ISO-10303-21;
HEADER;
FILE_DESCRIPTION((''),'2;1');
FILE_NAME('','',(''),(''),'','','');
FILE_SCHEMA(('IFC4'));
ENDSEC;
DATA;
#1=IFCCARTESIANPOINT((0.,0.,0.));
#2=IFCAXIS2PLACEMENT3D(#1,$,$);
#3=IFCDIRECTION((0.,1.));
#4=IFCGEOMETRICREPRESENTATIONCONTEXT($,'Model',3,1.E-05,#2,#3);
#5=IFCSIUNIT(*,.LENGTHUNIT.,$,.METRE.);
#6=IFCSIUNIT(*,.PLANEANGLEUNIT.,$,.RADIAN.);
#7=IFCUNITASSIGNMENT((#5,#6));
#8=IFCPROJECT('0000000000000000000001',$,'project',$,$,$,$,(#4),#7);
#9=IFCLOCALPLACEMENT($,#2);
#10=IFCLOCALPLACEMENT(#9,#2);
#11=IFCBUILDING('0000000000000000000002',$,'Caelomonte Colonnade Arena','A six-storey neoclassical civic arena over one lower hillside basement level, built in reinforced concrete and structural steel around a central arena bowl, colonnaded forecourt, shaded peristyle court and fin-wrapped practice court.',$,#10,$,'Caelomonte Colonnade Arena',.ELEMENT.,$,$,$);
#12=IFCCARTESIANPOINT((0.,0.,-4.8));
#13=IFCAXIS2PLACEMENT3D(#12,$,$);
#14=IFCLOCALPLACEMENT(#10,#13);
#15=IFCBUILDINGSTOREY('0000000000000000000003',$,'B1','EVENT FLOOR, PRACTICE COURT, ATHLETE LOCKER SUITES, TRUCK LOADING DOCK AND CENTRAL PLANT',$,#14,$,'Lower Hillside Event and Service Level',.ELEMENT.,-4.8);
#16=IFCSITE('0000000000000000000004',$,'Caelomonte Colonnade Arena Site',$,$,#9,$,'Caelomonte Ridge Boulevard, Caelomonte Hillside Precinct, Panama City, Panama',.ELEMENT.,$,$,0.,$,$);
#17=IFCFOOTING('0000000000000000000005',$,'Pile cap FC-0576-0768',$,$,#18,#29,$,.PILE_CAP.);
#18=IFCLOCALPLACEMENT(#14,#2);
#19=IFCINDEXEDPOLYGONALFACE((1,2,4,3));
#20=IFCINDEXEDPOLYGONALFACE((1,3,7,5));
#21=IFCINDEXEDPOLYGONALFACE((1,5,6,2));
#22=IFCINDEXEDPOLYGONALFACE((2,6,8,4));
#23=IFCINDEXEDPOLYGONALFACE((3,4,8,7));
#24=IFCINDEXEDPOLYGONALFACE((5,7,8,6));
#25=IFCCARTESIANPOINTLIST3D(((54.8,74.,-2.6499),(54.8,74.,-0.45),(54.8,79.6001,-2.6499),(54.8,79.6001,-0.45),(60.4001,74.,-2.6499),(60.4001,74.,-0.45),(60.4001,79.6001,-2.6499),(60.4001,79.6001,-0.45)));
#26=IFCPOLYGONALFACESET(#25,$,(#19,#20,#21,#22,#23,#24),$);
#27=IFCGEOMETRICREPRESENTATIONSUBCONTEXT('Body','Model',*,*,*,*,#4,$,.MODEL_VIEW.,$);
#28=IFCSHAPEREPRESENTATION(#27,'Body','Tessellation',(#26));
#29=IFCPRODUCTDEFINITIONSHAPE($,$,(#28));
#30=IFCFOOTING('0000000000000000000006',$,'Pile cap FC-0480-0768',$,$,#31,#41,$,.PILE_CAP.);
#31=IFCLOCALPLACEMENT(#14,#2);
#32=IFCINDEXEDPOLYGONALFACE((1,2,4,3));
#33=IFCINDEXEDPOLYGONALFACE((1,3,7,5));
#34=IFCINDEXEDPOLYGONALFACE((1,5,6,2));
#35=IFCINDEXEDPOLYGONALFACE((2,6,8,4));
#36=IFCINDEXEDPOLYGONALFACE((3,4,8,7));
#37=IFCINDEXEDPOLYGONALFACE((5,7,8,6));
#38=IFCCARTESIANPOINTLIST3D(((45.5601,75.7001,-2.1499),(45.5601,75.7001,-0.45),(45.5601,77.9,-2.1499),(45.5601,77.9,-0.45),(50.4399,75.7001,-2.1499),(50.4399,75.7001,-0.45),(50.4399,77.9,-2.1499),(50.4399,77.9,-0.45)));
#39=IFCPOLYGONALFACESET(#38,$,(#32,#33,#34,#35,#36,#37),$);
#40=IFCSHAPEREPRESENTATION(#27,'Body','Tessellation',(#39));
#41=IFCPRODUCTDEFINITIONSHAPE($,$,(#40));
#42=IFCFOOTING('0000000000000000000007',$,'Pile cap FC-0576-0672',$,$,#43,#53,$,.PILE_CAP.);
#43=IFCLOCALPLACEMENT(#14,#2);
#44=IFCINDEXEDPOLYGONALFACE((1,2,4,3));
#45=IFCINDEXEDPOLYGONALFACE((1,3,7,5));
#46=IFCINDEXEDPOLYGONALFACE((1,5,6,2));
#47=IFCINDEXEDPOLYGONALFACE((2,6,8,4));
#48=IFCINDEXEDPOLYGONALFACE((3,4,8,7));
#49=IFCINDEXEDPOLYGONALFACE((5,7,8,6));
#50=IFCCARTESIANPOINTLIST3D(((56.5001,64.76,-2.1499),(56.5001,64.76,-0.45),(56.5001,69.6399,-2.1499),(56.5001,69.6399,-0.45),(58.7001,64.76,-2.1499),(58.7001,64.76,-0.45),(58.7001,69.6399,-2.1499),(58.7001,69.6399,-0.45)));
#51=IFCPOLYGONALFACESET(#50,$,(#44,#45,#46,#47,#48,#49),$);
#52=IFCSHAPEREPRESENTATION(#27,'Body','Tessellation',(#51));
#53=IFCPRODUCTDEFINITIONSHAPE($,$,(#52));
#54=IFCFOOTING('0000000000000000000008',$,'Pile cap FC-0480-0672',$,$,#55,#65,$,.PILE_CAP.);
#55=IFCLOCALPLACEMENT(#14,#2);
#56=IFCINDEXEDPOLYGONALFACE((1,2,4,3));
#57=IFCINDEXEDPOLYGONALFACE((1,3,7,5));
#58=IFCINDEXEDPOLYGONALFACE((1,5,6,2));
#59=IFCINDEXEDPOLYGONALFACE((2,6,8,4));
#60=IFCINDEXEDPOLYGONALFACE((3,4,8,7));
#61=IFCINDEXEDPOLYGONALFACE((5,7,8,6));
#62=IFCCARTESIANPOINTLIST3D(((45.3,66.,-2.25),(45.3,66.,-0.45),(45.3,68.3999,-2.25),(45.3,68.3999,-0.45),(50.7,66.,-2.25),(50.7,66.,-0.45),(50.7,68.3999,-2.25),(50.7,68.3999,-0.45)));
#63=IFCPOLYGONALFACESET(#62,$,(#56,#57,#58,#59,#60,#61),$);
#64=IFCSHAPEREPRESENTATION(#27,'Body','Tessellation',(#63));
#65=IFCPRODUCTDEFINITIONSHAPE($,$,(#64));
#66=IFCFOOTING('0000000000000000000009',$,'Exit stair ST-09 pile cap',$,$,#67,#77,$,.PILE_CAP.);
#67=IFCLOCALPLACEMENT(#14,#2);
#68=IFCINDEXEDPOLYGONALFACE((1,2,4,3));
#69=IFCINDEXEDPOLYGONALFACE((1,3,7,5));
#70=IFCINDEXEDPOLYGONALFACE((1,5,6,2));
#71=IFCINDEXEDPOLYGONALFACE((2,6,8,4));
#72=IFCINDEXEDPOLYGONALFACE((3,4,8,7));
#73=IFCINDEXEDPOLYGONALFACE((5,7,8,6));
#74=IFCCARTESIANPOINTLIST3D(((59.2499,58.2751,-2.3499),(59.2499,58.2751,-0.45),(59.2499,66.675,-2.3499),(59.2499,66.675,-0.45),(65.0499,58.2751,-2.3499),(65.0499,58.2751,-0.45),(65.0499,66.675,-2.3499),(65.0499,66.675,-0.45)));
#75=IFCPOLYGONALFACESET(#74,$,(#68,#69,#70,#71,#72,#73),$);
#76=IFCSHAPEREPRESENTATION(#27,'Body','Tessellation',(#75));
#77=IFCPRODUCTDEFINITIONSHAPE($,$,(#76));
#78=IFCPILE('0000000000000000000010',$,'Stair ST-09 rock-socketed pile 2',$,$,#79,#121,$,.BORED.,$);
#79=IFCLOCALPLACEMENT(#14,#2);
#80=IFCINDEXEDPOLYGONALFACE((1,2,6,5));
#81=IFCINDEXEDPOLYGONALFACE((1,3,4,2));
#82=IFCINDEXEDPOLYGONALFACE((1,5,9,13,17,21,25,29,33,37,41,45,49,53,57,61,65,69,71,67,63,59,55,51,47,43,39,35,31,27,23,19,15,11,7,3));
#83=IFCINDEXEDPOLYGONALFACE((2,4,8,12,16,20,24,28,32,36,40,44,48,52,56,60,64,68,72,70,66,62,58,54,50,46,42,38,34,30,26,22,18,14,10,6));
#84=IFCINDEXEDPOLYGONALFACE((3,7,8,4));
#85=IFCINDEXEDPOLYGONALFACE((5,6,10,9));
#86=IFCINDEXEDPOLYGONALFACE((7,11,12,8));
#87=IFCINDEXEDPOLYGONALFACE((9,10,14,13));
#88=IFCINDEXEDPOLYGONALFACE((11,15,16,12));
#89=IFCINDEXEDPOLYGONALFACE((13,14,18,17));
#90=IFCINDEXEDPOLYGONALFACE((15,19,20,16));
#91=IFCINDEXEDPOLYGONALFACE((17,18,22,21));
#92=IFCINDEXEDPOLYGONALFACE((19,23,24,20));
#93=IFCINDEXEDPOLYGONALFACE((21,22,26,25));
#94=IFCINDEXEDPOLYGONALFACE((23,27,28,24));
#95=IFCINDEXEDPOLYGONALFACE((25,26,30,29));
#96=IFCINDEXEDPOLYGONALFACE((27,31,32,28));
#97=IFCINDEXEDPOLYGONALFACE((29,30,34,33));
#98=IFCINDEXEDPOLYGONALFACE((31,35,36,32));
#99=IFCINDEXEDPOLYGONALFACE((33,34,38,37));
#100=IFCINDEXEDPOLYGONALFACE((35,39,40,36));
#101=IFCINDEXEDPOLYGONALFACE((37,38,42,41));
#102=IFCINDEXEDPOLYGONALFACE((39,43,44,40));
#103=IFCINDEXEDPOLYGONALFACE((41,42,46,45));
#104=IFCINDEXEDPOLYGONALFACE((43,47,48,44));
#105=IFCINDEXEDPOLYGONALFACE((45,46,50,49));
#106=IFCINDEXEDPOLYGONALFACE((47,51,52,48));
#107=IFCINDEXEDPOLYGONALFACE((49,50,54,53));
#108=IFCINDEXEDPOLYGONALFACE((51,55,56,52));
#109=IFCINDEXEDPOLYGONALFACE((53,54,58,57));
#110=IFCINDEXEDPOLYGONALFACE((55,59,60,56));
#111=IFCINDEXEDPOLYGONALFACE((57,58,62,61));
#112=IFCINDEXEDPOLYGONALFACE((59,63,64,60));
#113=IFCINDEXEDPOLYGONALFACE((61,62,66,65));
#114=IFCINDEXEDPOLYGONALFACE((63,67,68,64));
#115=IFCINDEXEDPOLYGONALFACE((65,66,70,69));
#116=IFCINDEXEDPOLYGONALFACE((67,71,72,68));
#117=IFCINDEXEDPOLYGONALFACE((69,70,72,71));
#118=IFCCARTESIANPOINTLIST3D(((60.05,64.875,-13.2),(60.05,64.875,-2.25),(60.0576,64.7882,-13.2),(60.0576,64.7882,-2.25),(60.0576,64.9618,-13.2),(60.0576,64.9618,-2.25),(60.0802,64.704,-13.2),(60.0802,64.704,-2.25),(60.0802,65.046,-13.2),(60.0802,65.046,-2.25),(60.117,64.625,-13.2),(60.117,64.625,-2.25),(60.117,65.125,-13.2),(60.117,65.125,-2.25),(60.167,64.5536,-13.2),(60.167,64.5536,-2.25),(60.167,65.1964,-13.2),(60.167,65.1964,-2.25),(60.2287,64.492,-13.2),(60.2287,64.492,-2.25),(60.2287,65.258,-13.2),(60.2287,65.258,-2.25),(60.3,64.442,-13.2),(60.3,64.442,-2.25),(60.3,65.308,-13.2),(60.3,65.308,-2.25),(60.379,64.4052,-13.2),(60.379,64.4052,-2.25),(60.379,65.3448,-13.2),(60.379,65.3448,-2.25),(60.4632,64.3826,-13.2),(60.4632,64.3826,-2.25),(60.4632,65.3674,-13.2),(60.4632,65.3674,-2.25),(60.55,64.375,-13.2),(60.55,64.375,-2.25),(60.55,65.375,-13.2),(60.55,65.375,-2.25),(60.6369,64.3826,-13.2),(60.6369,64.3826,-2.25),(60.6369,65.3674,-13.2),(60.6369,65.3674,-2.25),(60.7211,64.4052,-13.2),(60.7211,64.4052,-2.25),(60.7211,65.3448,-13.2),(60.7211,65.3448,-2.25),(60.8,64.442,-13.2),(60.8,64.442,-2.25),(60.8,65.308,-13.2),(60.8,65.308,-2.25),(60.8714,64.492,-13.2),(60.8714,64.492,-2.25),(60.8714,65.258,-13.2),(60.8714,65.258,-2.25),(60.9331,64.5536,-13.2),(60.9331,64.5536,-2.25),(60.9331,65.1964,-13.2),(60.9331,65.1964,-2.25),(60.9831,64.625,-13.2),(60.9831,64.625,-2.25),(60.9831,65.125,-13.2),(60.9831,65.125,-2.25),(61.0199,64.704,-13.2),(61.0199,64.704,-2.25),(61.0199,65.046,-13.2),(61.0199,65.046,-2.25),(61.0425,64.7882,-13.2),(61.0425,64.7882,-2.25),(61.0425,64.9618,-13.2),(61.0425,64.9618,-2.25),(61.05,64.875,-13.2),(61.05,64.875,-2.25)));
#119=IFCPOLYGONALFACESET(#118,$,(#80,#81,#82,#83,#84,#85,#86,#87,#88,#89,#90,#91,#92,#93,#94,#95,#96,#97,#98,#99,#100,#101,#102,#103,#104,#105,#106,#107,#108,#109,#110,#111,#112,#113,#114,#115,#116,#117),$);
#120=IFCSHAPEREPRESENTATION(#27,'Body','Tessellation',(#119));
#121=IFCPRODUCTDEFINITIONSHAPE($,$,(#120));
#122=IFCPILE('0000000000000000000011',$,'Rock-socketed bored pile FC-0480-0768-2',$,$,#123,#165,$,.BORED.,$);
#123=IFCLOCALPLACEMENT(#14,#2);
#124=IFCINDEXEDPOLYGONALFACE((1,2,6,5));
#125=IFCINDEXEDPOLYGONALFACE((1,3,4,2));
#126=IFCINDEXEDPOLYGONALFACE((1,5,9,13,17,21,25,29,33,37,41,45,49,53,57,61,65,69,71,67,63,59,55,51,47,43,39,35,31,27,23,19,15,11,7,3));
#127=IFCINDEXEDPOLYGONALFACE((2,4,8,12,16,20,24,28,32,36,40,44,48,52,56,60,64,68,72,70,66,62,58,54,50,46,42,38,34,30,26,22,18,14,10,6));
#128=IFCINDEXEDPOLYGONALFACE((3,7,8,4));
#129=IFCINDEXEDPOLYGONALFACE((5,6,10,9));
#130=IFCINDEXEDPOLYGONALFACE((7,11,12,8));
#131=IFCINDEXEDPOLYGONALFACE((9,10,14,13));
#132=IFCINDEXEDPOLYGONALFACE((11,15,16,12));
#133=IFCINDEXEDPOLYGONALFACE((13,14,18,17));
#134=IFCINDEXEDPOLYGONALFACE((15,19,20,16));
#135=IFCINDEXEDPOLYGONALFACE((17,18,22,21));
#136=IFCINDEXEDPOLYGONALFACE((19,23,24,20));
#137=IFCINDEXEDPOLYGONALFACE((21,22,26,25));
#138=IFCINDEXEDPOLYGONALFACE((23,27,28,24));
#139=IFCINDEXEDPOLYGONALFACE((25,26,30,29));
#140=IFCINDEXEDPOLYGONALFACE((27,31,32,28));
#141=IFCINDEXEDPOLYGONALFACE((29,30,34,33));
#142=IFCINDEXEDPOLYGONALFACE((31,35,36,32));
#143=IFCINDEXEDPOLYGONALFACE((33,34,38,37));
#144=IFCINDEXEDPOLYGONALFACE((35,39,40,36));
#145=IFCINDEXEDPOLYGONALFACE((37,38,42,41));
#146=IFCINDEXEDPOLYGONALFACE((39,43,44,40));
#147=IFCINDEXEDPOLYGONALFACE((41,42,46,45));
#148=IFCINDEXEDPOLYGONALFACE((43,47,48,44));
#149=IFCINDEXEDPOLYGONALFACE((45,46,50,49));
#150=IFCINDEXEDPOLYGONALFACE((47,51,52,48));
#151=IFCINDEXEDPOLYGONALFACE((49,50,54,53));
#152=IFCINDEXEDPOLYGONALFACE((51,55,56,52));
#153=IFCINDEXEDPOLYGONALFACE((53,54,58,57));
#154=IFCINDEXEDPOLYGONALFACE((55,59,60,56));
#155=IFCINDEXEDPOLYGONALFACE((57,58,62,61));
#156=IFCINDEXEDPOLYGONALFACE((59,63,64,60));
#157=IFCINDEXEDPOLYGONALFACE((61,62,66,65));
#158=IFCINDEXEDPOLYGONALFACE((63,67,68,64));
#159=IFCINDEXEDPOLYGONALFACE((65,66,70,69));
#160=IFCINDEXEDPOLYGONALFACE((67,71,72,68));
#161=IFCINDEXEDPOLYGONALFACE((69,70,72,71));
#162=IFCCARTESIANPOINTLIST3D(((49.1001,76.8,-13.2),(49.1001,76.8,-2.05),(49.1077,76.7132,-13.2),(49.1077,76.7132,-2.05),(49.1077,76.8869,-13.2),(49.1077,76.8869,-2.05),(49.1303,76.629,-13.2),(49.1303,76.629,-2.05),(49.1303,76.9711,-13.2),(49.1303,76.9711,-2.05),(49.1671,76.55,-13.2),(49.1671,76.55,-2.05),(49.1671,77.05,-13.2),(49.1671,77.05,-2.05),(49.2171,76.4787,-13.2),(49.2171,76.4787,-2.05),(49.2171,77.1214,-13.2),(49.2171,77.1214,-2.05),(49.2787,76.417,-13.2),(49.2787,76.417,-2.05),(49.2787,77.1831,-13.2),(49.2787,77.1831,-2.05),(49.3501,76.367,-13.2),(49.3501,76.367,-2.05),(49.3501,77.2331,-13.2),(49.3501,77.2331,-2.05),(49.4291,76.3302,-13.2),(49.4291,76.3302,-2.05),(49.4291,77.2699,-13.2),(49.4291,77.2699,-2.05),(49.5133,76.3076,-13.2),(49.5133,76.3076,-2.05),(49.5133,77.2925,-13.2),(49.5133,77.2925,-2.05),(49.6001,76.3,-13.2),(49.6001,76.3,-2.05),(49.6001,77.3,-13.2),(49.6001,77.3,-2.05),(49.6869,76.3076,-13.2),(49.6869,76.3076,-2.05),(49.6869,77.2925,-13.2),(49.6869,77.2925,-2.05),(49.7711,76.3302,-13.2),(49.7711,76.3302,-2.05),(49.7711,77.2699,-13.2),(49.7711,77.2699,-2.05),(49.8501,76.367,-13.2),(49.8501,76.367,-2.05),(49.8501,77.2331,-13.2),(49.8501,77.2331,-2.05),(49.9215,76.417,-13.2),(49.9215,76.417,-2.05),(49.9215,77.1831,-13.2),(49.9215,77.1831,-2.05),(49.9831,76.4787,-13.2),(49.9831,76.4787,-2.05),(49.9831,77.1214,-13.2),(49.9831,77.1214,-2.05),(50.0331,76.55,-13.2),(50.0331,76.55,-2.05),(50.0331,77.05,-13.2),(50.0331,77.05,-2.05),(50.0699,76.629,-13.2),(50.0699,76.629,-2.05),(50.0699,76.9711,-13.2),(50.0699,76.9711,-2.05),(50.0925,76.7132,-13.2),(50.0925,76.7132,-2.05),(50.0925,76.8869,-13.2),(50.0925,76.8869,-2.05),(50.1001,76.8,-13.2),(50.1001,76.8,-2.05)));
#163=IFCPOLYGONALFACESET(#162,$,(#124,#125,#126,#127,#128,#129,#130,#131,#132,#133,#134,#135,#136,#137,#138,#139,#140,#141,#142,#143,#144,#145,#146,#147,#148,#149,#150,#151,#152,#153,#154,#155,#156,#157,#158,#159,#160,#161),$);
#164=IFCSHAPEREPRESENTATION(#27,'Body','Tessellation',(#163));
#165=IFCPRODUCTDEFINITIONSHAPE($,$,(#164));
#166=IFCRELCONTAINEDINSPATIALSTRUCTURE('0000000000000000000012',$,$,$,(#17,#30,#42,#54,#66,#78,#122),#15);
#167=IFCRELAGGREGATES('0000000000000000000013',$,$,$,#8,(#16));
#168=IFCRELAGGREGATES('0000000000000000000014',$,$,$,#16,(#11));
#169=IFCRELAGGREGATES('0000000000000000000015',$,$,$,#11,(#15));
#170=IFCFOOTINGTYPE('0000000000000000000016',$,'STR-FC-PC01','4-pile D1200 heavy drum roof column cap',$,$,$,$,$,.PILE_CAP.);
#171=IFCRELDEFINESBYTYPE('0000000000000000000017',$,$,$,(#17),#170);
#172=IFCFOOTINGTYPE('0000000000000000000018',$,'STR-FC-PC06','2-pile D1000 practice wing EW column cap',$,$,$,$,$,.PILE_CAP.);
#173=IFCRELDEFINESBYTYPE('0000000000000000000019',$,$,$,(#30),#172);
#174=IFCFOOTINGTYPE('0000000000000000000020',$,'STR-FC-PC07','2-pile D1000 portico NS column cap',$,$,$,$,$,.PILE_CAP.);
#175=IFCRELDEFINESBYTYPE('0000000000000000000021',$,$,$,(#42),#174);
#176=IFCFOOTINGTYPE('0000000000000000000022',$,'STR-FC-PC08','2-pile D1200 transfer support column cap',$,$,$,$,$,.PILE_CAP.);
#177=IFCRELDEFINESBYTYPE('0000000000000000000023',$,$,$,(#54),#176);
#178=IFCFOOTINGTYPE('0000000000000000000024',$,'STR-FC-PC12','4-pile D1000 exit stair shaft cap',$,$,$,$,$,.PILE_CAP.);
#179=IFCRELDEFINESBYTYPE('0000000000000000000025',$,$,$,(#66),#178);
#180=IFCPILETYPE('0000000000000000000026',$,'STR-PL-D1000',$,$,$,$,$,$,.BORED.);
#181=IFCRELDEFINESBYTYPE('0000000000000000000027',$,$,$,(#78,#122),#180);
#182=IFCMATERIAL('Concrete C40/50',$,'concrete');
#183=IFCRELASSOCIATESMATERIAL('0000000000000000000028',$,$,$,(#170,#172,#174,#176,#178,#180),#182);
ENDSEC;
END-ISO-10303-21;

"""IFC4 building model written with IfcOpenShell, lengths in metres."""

from ifc_helpers import new_model, si_unit, direction, frame, origin, origin_2d, place, context, subcontext, project, spatial, rectangle, circle, extrude, material, material_profile, profile_set, type_object, element, save


model = new_model("IFC4")

# Units and contexts
model_context = context("Model", 3, precision=1e-05, world=origin(), true_north=direction((0.0, 1.0)))
body_context = subcontext(model_context, "Body", "Model", "MODEL_VIEW")
ifc_project = project(units=[si_unit("LENGTHUNIT", "METRE"), si_unit("PLANEANGLEUNIT", "RADIAN")], contexts=[model_context])

# Site, building, storey
site_placement = place(None, origin())
site = spatial("IfcSite", under=ifc_project, at=site_placement, Name="Caelomonte Colonnade Arena Site", LongName="Caelomonte Ridge Boulevard, Caelomonte Hillside Precinct, Panama City, Panama", CompositionType="ELEMENT", RefElevation=0.0)
building_placement = place(site_placement, origin())
building = spatial("IfcBuilding", under=site, at=building_placement, Name="Caelomonte Colonnade Arena", Description="A six-storey neoclassical civic arena over one lower hillside basement level, built in reinforced concrete and structural steel around a central arena bowl, colonnaded forecourt, shaded peristyle court and fin-wrapped practice court.", LongName="Caelomonte Colonnade Arena", CompositionType="ELEMENT")
storey_placement = place(building_placement, frame((0.0, 0.0, -4.8)))
storey = spatial("IfcBuildingStorey", under=building, at=storey_placement, Name="B1", Description="EVENT FLOOR, PRACTICE COURT, ATHLETE LOCKER SUITES, TRUCK LOADING DOCK AND CENTRAL PLANT", LongName="Lower Hillside Event and Service Level", CompositionType="ELEMENT", Elevation=-4.8)

# Footings
ifc_material_1 = material(Name="Concrete C40/50", Category="concrete")
footing_type_1 = type_object("IfcFootingType", Name="STR-FC-PC01", Description="4-pile D1200 heavy drum roof column cap", PredefinedType="PILE_CAP", material=ifc_material_1)
footing_1_placement = place(storey_placement, frame((57.6001, 76.8, -2.6499), z_axis=(0.0, 0.0, 1.0), x_axis=(1.0, 0.0, 0.0)))
element("IfcFooting", 1, at=footing_1_placement, inside=storey, type_object=footing_type_1, Name="Pile cap FC-0576-0768", PredefinedType="PILE_CAP", context=body_context, shape_type="SweptSolid", body=[
    extrude(rectangle(XDim=5.6001, YDim=5.6001, at=origin_2d()), origin(), (0.0, 0.0, 1.0), 2.2),
])
footing_type_2 = type_object("IfcFootingType", Name="STR-FC-PC06", Description="2-pile D1000 practice wing EW column cap", PredefinedType="PILE_CAP", material=ifc_material_1)
footing_2_placement = place(storey_placement, frame((48.0, 76.8, -2.1499), z_axis=(0.0, 0.0, 1.0), x_axis=(1.0, 0.0, 0.0)))
element("IfcFooting", 2, at=footing_2_placement, inside=storey, type_object=footing_type_2, Name="Pile cap FC-0480-0768", PredefinedType="PILE_CAP", context=body_context, shape_type="SweptSolid", body=[
    extrude(rectangle(XDim=4.8799, YDim=2.2, at=origin_2d()), origin(), (0.0, 0.0, 1.0), 1.7),
])
footing_type_3 = type_object("IfcFootingType", Name="STR-FC-PC07", Description="2-pile D1000 portico NS column cap", PredefinedType="PILE_CAP", material=ifc_material_1)
footing_3_placement = place(storey_placement, frame((57.6001, 67.2, -2.1499), z_axis=(0.0, 0.0, 1.0), x_axis=(1.0, 0.0, 0.0)))
element("IfcFooting", 3, at=footing_3_placement, inside=storey, type_object=footing_type_3, Name="Pile cap FC-0576-0672", PredefinedType="PILE_CAP", context=body_context, shape_type="SweptSolid", body=[
    extrude(rectangle(XDim=2.2, YDim=4.8799, at=origin_2d()), origin(), (0.0, 0.0, 1.0), 1.7),
])
footing_type_4 = type_object("IfcFootingType", Name="STR-FC-PC08", Description="2-pile D1200 transfer support column cap", PredefinedType="PILE_CAP", material=ifc_material_1)
footing_4_placement = place(storey_placement, frame((48.0, 67.2, -2.25), z_axis=(0.0, 0.0, 1.0), x_axis=(1.0, 0.0, 0.0)))
element("IfcFooting", 4, at=footing_4_placement, inside=storey, type_object=footing_type_4, Name="Pile cap FC-0480-0672", PredefinedType="PILE_CAP", context=body_context, shape_type="SweptSolid", body=[
    extrude(rectangle(XDim=5.3999, YDim=2.3999, at=origin_2d()), origin(), (0.0, 0.0, 1.0), 1.8),
])
footing_type_5 = type_object("IfcFootingType", Name="STR-FC-PC12", Description="4-pile D1000 exit stair shaft cap", PredefinedType="PILE_CAP", material=ifc_material_1)
footing_5_placement = place(storey_placement, frame((62.1499, 62.4751, -2.3499), z_axis=(0.0, 0.0, 1.0), x_axis=(1.0, 0.0, 0.0)))
element("IfcFooting", 5, at=footing_5_placement, inside=storey, type_object=footing_type_5, Name="Exit stair ST-09 pile cap", PredefinedType="PILE_CAP", context=body_context, shape_type="SweptSolid", body=[
    extrude(rectangle(XDim=5.8, YDim=8.3999, at=origin_2d()), origin(), (0.0, 0.0, 1.0), 1.8999),
])

# Piles
ifc_material_profile_1 = material_profile(ifc_material_1, circle(Radius=0.5, at=origin_2d()), Name="PILE-D1000")
ifc_profile_set_1 = profile_set([ifc_material_profile_1], Name="Concrete C40/50")
pile_type_1 = type_object("IfcPileType", Name="STR-PL-D1000", PredefinedType="BORED", material=ifc_profile_set_1)
pile_1_placement = place(storey_placement, frame((60.55, 64.875, -2.25), z_axis=(0.0, 0.0, -1.0), x_axis=(1.0, 0.0, 0.0)))
element("IfcPile", 6, at=pile_1_placement, inside=storey, type_object=pile_type_1, Name="Stair ST-09 rock-socketed pile 2", PredefinedType="BORED", context=body_context, shape_type="SweptSolid", body=[
    extrude(circle(Radius=0.5, at=origin_2d()), origin(), (0.0, 0.0, 1.0), 10.95),
])
for number, where, z_axis, x_axis, name in (
    (7, (49.6001, 76.8, -2.05), (0.0, 0.0, -1.0), (1.0, 0.0, 0.0), "Rock-socketed bored pile FC-0480-0768-2"),
):
    element("IfcPile", number, at=place(storey_placement, frame(where, z_axis=z_axis, x_axis=x_axis)), inside=storey, type_object=pile_type_1, Name=name, PredefinedType="BORED", context=body_context, shape_type="SweptSolid", body=[
        extrude(circle(Radius=0.5, at=origin_2d()), origin(), (0.0, 0.0, 1.0), 11.1499),
    ])

save(model, "model.ifc")
